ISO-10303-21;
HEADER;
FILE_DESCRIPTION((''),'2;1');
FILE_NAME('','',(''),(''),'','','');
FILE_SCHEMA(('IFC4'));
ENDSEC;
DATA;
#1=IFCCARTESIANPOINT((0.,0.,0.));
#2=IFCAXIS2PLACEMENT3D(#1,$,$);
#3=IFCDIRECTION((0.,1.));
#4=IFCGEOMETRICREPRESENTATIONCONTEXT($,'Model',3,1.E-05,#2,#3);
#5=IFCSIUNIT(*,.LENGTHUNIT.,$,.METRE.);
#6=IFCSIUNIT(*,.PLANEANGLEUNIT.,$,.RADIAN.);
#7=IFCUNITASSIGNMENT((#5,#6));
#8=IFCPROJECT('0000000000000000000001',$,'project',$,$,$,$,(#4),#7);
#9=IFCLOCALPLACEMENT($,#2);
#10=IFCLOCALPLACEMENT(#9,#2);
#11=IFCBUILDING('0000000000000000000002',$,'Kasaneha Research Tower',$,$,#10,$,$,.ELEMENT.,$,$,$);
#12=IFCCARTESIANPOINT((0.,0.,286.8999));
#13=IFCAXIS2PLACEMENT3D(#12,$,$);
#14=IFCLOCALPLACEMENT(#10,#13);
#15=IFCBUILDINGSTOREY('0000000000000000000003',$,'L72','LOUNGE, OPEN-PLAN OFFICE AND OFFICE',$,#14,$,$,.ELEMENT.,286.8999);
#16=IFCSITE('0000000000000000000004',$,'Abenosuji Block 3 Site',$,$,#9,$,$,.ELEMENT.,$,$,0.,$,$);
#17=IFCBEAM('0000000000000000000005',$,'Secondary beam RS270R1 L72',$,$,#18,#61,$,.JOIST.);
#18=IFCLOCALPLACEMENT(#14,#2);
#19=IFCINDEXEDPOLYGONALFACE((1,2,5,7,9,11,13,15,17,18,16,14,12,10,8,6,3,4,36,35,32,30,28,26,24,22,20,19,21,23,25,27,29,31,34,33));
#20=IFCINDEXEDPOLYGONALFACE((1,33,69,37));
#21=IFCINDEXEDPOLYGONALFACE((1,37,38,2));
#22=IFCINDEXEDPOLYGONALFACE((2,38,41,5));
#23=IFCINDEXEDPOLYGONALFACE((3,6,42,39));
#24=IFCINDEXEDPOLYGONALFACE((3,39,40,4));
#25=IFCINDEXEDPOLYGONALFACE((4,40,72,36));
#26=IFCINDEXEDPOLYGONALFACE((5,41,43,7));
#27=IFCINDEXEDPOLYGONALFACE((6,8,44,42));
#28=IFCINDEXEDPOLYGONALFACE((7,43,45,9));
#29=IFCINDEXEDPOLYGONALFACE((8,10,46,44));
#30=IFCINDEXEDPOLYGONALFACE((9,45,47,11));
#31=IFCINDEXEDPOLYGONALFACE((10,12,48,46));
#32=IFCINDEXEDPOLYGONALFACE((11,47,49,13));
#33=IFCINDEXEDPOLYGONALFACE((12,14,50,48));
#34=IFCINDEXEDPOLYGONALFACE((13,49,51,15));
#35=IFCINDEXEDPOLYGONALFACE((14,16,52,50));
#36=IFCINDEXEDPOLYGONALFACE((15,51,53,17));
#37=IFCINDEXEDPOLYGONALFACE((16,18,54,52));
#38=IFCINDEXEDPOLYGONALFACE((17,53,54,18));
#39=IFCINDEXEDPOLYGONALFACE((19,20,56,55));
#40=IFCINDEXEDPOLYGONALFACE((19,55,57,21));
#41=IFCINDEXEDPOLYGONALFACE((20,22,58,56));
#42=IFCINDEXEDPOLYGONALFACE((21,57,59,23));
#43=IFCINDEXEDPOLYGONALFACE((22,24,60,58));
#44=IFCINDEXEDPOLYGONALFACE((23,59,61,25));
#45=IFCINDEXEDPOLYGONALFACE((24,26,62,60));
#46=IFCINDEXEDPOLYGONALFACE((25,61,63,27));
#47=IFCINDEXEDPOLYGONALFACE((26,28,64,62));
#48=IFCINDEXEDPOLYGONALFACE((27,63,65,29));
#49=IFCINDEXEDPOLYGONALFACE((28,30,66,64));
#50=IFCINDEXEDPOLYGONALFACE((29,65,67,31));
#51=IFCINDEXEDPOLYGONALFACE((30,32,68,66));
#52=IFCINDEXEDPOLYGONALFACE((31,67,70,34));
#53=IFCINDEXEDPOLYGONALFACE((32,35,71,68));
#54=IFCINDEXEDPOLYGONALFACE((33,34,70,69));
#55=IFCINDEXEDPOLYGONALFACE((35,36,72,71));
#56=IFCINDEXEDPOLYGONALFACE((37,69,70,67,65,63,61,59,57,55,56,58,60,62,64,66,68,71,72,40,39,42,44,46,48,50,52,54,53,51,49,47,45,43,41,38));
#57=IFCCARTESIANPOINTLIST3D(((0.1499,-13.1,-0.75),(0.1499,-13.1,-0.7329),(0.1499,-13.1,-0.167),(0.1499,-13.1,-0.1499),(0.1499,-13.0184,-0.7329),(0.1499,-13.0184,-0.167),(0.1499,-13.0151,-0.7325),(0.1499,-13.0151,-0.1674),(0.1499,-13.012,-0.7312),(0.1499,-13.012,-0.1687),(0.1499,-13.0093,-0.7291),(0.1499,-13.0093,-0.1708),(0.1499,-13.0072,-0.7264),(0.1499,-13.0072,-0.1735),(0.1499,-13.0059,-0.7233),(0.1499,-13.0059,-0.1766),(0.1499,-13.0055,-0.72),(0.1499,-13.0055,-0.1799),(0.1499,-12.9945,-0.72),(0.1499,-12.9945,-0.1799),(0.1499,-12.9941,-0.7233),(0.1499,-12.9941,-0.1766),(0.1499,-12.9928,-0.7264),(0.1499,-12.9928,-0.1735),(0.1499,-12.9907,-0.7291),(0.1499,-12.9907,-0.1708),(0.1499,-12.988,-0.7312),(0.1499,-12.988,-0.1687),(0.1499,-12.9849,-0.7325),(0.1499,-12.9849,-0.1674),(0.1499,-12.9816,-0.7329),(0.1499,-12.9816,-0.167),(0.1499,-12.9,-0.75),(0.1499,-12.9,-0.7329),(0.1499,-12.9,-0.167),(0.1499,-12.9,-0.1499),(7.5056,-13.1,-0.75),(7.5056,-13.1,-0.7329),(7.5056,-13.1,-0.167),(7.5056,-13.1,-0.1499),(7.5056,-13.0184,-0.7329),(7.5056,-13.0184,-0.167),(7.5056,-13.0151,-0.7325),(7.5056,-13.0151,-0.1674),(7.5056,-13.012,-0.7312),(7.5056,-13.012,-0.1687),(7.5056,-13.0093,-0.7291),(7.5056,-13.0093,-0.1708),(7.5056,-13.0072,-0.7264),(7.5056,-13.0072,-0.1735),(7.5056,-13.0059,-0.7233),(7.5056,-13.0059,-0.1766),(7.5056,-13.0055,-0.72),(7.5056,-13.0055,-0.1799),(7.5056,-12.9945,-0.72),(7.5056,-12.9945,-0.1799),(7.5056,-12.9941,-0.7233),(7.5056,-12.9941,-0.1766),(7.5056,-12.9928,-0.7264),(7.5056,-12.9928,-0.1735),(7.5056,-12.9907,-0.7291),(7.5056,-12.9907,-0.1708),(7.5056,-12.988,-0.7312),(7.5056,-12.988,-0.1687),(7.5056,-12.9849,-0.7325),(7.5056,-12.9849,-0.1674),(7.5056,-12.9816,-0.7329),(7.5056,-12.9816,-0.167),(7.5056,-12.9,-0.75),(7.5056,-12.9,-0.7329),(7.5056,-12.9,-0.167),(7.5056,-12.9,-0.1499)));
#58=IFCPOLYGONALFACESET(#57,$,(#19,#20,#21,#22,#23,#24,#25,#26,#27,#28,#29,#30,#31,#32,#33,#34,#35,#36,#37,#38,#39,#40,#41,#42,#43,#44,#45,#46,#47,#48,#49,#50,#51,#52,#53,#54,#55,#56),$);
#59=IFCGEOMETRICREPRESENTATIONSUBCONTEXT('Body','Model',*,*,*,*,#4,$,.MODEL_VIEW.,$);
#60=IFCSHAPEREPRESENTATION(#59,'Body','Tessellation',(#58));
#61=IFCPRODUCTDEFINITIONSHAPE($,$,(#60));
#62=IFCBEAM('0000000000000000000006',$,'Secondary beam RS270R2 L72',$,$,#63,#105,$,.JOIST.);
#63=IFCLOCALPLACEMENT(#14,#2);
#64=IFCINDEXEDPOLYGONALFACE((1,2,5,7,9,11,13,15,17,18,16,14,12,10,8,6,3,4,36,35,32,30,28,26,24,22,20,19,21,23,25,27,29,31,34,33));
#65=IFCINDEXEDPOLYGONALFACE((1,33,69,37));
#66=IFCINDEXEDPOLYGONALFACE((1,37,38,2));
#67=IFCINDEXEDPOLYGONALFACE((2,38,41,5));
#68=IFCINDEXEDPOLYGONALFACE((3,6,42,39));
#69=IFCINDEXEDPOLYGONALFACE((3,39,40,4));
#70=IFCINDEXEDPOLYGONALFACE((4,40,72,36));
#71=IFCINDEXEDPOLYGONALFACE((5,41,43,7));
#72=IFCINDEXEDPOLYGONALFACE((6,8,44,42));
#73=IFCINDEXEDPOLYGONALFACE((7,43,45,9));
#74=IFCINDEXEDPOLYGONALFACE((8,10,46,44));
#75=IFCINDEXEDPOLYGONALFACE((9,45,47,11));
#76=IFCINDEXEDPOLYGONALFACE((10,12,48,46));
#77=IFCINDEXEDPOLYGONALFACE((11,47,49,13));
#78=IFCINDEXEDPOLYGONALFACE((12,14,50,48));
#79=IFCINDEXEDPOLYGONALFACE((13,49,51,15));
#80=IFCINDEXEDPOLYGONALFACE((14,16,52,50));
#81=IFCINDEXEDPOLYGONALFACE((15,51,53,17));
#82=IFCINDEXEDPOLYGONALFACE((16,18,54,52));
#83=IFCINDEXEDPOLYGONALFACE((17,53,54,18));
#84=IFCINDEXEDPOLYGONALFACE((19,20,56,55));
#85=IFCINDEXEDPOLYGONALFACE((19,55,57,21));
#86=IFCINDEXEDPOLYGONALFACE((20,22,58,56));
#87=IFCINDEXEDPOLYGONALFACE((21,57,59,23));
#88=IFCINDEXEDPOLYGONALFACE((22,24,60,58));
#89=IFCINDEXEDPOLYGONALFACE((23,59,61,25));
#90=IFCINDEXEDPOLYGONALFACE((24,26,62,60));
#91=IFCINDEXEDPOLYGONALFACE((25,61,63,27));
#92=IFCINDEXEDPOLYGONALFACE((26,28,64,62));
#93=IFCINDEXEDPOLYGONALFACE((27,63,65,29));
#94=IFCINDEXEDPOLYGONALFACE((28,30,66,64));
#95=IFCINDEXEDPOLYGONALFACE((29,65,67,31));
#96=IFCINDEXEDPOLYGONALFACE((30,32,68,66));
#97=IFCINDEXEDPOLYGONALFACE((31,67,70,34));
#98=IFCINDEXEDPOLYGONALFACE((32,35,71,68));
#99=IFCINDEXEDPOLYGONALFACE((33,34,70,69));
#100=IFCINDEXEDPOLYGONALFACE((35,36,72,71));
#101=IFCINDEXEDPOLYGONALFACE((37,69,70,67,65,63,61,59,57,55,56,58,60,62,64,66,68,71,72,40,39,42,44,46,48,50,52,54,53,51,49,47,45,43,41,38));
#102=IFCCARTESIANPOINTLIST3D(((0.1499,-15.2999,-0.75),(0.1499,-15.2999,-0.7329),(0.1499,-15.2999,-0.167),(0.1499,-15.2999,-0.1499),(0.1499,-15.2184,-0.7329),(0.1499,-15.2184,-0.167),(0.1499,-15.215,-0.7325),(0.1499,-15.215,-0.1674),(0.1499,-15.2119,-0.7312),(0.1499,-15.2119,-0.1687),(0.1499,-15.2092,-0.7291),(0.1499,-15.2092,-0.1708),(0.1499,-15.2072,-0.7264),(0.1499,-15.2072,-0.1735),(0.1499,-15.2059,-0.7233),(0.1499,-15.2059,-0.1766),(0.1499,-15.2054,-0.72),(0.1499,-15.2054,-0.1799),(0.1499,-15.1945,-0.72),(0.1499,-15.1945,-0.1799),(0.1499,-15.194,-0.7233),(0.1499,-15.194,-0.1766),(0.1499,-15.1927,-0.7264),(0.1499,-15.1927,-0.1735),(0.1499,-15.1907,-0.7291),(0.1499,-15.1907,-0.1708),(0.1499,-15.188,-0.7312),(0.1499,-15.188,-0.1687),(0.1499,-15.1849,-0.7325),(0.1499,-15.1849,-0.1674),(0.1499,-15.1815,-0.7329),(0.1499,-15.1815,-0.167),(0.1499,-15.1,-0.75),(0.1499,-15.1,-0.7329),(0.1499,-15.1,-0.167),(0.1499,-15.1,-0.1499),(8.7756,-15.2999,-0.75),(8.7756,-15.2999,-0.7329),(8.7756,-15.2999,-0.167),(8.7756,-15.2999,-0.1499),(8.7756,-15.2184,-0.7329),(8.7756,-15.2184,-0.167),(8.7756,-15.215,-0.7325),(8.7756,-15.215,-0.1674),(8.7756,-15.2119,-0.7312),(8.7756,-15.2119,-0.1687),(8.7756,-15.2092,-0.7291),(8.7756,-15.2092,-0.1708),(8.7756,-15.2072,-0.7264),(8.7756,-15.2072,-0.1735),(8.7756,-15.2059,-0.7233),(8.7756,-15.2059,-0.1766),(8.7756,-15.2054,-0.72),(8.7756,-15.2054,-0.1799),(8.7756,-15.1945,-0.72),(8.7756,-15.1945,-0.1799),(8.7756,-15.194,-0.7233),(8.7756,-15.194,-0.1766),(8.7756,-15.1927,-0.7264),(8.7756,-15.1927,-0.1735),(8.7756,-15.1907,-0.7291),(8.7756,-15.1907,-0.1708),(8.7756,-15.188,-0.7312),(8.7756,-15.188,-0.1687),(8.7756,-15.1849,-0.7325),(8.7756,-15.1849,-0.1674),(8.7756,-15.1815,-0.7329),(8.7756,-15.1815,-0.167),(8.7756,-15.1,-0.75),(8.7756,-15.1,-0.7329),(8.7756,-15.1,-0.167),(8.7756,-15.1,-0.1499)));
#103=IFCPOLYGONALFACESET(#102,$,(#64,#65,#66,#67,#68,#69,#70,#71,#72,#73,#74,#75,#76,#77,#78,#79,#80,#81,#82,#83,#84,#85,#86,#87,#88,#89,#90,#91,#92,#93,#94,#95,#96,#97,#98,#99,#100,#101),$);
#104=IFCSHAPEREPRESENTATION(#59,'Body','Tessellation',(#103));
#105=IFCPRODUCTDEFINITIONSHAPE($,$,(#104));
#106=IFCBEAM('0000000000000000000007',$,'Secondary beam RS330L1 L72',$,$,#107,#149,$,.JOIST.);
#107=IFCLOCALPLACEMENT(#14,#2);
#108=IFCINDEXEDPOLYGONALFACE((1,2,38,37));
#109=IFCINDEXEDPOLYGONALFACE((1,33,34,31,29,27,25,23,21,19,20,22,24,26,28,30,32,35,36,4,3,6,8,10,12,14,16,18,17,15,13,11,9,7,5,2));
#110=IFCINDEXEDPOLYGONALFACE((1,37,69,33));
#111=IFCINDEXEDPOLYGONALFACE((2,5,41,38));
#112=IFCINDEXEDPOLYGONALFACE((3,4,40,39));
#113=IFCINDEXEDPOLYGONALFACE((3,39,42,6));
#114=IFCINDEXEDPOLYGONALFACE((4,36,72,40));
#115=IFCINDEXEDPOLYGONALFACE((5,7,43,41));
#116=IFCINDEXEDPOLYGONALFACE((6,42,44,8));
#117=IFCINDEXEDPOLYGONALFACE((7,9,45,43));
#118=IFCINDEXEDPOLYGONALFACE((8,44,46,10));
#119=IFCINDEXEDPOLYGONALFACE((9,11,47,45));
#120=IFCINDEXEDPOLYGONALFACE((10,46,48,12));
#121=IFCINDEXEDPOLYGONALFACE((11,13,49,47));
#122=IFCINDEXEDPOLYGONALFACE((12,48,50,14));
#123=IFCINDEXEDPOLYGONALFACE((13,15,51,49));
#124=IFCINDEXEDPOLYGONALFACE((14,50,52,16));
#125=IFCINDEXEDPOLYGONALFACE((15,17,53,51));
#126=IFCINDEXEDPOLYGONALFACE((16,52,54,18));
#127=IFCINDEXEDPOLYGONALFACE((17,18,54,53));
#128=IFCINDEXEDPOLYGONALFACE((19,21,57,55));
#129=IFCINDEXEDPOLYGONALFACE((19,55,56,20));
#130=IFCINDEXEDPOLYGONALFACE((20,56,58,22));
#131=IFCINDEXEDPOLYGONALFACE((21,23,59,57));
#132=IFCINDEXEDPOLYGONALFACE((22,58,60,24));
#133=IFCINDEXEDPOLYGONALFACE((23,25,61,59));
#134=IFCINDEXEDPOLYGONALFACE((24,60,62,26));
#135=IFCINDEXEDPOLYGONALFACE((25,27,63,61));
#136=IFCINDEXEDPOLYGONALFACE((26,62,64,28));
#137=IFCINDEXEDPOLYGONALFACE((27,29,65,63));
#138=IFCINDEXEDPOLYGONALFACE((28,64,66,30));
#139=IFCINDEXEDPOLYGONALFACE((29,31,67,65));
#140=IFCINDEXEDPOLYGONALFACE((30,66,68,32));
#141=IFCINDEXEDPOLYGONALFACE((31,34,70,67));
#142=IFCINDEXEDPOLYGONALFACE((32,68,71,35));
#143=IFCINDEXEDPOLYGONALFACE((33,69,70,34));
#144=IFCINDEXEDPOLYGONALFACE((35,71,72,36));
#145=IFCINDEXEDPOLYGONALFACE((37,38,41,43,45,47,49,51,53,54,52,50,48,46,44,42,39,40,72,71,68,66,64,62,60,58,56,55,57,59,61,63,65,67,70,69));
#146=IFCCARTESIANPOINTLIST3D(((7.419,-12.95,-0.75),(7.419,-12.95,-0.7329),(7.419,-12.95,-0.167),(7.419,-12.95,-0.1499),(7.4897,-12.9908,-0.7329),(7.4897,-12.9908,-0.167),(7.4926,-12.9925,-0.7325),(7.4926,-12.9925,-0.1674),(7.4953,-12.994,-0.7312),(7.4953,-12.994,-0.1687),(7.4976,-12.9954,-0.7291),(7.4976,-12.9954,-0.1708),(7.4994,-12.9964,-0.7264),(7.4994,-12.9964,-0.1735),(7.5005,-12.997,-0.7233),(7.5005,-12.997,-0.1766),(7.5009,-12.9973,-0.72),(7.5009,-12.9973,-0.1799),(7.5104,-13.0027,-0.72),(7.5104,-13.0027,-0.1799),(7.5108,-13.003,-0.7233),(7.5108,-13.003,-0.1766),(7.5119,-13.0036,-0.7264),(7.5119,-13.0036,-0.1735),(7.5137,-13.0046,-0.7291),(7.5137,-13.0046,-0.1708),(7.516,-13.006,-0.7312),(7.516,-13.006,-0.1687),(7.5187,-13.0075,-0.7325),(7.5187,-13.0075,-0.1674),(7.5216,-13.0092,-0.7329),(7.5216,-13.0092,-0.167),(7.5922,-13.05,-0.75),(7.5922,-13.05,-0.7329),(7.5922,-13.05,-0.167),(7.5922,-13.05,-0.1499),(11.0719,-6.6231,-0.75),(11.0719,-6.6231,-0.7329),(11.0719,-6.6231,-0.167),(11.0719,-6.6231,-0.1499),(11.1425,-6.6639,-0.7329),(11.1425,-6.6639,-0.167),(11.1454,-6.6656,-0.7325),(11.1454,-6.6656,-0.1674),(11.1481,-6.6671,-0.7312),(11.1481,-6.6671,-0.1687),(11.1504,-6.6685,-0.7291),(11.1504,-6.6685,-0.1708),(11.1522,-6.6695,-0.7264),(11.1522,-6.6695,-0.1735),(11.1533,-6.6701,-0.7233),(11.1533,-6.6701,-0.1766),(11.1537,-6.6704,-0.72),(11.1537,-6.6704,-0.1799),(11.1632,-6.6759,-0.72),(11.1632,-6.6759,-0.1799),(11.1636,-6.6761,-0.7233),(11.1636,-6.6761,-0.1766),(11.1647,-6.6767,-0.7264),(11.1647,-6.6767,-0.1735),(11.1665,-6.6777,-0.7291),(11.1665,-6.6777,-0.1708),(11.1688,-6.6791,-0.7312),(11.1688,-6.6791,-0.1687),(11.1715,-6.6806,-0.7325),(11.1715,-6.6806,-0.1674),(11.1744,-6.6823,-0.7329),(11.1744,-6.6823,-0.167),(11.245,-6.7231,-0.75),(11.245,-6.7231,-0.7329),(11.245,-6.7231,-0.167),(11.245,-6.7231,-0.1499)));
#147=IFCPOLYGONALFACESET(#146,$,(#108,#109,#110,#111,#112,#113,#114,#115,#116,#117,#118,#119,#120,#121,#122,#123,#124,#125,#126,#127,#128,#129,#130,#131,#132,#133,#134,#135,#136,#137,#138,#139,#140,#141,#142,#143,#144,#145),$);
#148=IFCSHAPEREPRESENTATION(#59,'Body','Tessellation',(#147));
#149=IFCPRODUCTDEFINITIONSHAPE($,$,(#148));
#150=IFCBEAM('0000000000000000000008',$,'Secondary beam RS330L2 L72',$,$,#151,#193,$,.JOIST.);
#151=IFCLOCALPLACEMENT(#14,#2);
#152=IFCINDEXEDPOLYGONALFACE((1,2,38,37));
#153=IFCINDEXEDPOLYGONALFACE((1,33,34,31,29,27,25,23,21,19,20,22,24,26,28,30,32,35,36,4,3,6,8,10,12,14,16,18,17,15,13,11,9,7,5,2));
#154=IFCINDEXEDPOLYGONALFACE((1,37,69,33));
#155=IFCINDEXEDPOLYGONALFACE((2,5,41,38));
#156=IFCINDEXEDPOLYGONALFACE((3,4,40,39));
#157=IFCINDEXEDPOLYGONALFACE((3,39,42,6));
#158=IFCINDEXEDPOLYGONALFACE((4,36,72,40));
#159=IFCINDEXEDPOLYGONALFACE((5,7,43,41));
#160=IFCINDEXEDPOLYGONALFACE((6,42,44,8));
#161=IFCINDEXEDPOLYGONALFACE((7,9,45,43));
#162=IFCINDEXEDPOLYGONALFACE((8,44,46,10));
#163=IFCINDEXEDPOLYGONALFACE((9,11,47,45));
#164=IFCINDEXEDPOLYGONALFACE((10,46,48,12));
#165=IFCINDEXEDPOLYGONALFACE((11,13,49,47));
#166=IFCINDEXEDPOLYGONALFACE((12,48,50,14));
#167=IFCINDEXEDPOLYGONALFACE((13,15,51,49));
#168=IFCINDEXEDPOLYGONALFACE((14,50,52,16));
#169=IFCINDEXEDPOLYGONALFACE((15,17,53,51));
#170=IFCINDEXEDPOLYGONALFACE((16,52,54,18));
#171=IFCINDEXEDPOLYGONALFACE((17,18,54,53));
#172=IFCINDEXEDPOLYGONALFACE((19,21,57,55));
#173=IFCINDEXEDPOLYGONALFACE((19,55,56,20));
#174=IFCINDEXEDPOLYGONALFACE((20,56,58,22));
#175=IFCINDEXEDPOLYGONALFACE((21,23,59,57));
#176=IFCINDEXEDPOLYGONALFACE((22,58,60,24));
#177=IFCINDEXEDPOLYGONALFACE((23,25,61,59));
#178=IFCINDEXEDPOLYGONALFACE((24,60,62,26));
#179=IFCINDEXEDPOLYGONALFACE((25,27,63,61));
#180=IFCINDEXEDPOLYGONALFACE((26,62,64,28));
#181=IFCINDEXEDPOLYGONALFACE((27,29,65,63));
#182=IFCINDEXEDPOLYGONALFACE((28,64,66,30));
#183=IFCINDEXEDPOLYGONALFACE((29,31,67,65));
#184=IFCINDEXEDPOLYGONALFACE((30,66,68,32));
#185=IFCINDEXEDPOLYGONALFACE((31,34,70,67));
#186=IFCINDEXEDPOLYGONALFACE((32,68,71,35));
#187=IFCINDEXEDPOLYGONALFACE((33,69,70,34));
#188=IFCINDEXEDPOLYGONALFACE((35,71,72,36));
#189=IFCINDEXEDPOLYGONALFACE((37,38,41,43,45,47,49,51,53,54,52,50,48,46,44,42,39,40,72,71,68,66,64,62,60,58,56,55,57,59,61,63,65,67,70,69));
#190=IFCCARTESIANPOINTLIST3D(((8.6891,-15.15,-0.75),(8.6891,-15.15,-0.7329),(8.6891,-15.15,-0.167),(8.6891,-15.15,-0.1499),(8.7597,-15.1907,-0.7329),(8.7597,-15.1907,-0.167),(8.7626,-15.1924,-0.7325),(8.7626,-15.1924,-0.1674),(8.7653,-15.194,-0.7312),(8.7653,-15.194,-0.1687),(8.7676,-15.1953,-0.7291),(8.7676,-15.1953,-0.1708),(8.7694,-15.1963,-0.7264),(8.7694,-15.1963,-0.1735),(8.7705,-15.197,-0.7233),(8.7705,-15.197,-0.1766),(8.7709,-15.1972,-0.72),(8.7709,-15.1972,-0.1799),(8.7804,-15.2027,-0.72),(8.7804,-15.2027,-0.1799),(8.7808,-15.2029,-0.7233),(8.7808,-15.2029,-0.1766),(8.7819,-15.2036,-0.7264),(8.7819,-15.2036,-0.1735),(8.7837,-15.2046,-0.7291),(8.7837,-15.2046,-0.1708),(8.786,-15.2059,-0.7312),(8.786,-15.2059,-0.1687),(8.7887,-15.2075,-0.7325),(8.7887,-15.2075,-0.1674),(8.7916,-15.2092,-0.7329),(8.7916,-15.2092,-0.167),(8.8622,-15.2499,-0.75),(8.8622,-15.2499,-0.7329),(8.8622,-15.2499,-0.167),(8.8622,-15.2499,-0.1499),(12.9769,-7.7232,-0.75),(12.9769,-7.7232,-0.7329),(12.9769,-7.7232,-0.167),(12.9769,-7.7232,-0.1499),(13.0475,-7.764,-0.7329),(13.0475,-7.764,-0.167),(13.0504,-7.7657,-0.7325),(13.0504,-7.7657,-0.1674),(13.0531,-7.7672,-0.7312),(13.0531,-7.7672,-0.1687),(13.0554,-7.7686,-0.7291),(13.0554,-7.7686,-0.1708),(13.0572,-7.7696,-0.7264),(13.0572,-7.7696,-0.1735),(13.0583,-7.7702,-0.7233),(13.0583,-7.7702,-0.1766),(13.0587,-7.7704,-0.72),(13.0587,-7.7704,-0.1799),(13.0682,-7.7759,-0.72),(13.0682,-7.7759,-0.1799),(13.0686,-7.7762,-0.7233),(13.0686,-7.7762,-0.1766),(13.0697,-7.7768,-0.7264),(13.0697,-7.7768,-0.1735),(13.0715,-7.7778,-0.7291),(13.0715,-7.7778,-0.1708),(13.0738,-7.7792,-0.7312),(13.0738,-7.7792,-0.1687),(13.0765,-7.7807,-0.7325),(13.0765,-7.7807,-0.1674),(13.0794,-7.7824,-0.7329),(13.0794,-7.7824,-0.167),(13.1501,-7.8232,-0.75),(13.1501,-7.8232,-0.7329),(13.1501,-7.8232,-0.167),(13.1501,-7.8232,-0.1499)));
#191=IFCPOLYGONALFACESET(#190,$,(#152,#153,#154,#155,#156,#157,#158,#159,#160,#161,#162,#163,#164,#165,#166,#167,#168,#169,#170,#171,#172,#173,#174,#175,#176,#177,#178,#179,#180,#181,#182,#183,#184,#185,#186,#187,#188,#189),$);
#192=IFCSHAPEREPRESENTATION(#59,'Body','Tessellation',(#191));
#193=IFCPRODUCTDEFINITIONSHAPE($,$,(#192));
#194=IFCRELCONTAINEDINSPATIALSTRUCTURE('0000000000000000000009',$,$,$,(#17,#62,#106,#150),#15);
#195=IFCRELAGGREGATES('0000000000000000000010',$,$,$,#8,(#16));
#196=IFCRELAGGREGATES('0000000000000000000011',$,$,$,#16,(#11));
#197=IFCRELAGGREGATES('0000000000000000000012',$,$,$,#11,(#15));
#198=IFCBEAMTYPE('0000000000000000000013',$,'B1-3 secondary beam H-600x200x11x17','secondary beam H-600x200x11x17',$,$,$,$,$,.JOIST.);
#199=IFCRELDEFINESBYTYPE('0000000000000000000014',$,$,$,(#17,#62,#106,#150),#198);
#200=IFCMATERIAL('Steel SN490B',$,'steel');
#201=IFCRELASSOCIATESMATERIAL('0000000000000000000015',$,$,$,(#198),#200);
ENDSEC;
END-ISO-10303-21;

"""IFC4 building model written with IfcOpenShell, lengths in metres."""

from ifc_helpers import new_model, si_unit, direction, frame, origin, origin_2d, place, context, subcontext, project, spatial, i_section, extrude, material, material_profile, profile_set, type_object, element, save


model = new_model("IFC4")

# Units and contexts
model_context = context("Model", 3, precision=1e-05, world=origin(), true_north=direction((0.0, 1.0)))
body_context = subcontext(model_context, "Body", "Model", "MODEL_VIEW")
ifc_project = project(units=[si_unit("LENGTHUNIT", "METRE"), si_unit("PLANEANGLEUNIT", "RADIAN")], contexts=[model_context])

# Site, building, storey
site_placement = place(None, origin())
site = spatial("IfcSite", under=ifc_project, at=site_placement, Name="Abenosuji Block 3 Site", CompositionType="ELEMENT", RefElevation=0.0)
building_placement = place(site_placement, origin())
building = spatial("IfcBuilding", under=site, at=building_placement, Name="Kasaneha Research Tower", CompositionType="ELEMENT")
storey_placement = place(building_placement, frame((0.0, 0.0, 286.8999)))
storey = spatial("IfcBuildingStorey", under=building, at=storey_placement, Name="L72", Description="LOUNGE, OPEN-PLAN OFFICE AND OFFICE", CompositionType="ELEMENT", Elevation=286.8999)

# Beams
ifc_material_1 = material(Name="Steel SN490B", Category="steel")
ifc_material_profile_1 = material_profile(ifc_material_1, i_section(OverallWidth=0.2, OverallDepth=0.6001, WebThickness=0.011, FlangeThickness=0.0171, FilletRadius=0.0129, at=origin_2d()), Name="H-600x200x11x17")
ifc_profile_set_1 = profile_set([ifc_material_profile_1], Name="Steel SN490B")
beam_type_1 = type_object("IfcBeamType", Name="B1-3 secondary beam H-600x200x11x17", Description="secondary beam H-600x200x11x17", PredefinedType="JOIST", material=ifc_profile_set_1)
beam_1_placement = place(storey_placement, frame((7.5056, -13.0, -0.45), z_axis=(-1.0, 0.0, 0.0), x_axis=(0.0, -1.0, 0.0)))
element("IfcBeam", 1, at=beam_1_placement, inside=storey, type_object=beam_type_1, Name="Secondary beam RS270R1 L72", PredefinedType="JOIST", context=body_context, shape_type="SweptSolid", body=[
    extrude(i_section(OverallWidth=0.2, OverallDepth=0.6001, WebThickness=0.011, FlangeThickness=0.0171, FilletRadius=0.0129, at=origin_2d()), origin(), (0.0, 0.0, 1.0), 7.3557),
])
beam_2_placement = place(storey_placement, frame((8.7756, -15.2, -0.45), z_axis=(-1.0, 0.0, 0.0), x_axis=(0.0, -1.0, 0.0)))
element("IfcBeam", 2, at=beam_2_placement, inside=storey, type_object=beam_type_1, Name="Secondary beam RS270R2 L72", PredefinedType="JOIST", context=body_context, shape_type="SweptSolid", body=[
    extrude(i_section(OverallWidth=0.2, OverallDepth=0.6001, WebThickness=0.011, FlangeThickness=0.0171, FilletRadius=0.0129, at=origin_2d()), origin(), (0.0, 0.0, 1.0), 8.6257),
])
beam_3_placement = place(storey_placement, frame((7.5056, -13.0, -0.45), z_axis=(0.499999, 0.866026, 0.0), x_axis=(-0.866026, 0.499999, 0.0)))
element("IfcBeam", 3, at=beam_3_placement, inside=storey, type_object=beam_type_1, Name="Secondary beam RS330L1 L72", PredefinedType="JOIST", context=body_context, shape_type="SweptSolid", body=[
    extrude(i_section(OverallWidth=0.2, OverallDepth=0.6001, WebThickness=0.011, FlangeThickness=0.0171, FilletRadius=0.0129, at=origin_2d()), origin(), (0.0, 0.0, 1.0), 7.3057),
])
beam_4_placement = place(storey_placement, frame((8.7756, -15.2, -0.45), z_axis=(0.5, 0.866025, 0.0), x_axis=(-0.866025, 0.5, 0.0)))
element("IfcBeam", 4, at=beam_4_placement, inside=storey, type_object=beam_type_1, Name="Secondary beam RS330L2 L72", PredefinedType="JOIST", context=body_context, shape_type="SweptSolid", body=[
    extrude(i_section(OverallWidth=0.2, OverallDepth=0.6001, WebThickness=0.011, FlangeThickness=0.0171, FilletRadius=0.0129, at=origin_2d()), origin(), (0.0, 0.0, 1.0), 8.5757),
])

save(model, "model.ifc")
